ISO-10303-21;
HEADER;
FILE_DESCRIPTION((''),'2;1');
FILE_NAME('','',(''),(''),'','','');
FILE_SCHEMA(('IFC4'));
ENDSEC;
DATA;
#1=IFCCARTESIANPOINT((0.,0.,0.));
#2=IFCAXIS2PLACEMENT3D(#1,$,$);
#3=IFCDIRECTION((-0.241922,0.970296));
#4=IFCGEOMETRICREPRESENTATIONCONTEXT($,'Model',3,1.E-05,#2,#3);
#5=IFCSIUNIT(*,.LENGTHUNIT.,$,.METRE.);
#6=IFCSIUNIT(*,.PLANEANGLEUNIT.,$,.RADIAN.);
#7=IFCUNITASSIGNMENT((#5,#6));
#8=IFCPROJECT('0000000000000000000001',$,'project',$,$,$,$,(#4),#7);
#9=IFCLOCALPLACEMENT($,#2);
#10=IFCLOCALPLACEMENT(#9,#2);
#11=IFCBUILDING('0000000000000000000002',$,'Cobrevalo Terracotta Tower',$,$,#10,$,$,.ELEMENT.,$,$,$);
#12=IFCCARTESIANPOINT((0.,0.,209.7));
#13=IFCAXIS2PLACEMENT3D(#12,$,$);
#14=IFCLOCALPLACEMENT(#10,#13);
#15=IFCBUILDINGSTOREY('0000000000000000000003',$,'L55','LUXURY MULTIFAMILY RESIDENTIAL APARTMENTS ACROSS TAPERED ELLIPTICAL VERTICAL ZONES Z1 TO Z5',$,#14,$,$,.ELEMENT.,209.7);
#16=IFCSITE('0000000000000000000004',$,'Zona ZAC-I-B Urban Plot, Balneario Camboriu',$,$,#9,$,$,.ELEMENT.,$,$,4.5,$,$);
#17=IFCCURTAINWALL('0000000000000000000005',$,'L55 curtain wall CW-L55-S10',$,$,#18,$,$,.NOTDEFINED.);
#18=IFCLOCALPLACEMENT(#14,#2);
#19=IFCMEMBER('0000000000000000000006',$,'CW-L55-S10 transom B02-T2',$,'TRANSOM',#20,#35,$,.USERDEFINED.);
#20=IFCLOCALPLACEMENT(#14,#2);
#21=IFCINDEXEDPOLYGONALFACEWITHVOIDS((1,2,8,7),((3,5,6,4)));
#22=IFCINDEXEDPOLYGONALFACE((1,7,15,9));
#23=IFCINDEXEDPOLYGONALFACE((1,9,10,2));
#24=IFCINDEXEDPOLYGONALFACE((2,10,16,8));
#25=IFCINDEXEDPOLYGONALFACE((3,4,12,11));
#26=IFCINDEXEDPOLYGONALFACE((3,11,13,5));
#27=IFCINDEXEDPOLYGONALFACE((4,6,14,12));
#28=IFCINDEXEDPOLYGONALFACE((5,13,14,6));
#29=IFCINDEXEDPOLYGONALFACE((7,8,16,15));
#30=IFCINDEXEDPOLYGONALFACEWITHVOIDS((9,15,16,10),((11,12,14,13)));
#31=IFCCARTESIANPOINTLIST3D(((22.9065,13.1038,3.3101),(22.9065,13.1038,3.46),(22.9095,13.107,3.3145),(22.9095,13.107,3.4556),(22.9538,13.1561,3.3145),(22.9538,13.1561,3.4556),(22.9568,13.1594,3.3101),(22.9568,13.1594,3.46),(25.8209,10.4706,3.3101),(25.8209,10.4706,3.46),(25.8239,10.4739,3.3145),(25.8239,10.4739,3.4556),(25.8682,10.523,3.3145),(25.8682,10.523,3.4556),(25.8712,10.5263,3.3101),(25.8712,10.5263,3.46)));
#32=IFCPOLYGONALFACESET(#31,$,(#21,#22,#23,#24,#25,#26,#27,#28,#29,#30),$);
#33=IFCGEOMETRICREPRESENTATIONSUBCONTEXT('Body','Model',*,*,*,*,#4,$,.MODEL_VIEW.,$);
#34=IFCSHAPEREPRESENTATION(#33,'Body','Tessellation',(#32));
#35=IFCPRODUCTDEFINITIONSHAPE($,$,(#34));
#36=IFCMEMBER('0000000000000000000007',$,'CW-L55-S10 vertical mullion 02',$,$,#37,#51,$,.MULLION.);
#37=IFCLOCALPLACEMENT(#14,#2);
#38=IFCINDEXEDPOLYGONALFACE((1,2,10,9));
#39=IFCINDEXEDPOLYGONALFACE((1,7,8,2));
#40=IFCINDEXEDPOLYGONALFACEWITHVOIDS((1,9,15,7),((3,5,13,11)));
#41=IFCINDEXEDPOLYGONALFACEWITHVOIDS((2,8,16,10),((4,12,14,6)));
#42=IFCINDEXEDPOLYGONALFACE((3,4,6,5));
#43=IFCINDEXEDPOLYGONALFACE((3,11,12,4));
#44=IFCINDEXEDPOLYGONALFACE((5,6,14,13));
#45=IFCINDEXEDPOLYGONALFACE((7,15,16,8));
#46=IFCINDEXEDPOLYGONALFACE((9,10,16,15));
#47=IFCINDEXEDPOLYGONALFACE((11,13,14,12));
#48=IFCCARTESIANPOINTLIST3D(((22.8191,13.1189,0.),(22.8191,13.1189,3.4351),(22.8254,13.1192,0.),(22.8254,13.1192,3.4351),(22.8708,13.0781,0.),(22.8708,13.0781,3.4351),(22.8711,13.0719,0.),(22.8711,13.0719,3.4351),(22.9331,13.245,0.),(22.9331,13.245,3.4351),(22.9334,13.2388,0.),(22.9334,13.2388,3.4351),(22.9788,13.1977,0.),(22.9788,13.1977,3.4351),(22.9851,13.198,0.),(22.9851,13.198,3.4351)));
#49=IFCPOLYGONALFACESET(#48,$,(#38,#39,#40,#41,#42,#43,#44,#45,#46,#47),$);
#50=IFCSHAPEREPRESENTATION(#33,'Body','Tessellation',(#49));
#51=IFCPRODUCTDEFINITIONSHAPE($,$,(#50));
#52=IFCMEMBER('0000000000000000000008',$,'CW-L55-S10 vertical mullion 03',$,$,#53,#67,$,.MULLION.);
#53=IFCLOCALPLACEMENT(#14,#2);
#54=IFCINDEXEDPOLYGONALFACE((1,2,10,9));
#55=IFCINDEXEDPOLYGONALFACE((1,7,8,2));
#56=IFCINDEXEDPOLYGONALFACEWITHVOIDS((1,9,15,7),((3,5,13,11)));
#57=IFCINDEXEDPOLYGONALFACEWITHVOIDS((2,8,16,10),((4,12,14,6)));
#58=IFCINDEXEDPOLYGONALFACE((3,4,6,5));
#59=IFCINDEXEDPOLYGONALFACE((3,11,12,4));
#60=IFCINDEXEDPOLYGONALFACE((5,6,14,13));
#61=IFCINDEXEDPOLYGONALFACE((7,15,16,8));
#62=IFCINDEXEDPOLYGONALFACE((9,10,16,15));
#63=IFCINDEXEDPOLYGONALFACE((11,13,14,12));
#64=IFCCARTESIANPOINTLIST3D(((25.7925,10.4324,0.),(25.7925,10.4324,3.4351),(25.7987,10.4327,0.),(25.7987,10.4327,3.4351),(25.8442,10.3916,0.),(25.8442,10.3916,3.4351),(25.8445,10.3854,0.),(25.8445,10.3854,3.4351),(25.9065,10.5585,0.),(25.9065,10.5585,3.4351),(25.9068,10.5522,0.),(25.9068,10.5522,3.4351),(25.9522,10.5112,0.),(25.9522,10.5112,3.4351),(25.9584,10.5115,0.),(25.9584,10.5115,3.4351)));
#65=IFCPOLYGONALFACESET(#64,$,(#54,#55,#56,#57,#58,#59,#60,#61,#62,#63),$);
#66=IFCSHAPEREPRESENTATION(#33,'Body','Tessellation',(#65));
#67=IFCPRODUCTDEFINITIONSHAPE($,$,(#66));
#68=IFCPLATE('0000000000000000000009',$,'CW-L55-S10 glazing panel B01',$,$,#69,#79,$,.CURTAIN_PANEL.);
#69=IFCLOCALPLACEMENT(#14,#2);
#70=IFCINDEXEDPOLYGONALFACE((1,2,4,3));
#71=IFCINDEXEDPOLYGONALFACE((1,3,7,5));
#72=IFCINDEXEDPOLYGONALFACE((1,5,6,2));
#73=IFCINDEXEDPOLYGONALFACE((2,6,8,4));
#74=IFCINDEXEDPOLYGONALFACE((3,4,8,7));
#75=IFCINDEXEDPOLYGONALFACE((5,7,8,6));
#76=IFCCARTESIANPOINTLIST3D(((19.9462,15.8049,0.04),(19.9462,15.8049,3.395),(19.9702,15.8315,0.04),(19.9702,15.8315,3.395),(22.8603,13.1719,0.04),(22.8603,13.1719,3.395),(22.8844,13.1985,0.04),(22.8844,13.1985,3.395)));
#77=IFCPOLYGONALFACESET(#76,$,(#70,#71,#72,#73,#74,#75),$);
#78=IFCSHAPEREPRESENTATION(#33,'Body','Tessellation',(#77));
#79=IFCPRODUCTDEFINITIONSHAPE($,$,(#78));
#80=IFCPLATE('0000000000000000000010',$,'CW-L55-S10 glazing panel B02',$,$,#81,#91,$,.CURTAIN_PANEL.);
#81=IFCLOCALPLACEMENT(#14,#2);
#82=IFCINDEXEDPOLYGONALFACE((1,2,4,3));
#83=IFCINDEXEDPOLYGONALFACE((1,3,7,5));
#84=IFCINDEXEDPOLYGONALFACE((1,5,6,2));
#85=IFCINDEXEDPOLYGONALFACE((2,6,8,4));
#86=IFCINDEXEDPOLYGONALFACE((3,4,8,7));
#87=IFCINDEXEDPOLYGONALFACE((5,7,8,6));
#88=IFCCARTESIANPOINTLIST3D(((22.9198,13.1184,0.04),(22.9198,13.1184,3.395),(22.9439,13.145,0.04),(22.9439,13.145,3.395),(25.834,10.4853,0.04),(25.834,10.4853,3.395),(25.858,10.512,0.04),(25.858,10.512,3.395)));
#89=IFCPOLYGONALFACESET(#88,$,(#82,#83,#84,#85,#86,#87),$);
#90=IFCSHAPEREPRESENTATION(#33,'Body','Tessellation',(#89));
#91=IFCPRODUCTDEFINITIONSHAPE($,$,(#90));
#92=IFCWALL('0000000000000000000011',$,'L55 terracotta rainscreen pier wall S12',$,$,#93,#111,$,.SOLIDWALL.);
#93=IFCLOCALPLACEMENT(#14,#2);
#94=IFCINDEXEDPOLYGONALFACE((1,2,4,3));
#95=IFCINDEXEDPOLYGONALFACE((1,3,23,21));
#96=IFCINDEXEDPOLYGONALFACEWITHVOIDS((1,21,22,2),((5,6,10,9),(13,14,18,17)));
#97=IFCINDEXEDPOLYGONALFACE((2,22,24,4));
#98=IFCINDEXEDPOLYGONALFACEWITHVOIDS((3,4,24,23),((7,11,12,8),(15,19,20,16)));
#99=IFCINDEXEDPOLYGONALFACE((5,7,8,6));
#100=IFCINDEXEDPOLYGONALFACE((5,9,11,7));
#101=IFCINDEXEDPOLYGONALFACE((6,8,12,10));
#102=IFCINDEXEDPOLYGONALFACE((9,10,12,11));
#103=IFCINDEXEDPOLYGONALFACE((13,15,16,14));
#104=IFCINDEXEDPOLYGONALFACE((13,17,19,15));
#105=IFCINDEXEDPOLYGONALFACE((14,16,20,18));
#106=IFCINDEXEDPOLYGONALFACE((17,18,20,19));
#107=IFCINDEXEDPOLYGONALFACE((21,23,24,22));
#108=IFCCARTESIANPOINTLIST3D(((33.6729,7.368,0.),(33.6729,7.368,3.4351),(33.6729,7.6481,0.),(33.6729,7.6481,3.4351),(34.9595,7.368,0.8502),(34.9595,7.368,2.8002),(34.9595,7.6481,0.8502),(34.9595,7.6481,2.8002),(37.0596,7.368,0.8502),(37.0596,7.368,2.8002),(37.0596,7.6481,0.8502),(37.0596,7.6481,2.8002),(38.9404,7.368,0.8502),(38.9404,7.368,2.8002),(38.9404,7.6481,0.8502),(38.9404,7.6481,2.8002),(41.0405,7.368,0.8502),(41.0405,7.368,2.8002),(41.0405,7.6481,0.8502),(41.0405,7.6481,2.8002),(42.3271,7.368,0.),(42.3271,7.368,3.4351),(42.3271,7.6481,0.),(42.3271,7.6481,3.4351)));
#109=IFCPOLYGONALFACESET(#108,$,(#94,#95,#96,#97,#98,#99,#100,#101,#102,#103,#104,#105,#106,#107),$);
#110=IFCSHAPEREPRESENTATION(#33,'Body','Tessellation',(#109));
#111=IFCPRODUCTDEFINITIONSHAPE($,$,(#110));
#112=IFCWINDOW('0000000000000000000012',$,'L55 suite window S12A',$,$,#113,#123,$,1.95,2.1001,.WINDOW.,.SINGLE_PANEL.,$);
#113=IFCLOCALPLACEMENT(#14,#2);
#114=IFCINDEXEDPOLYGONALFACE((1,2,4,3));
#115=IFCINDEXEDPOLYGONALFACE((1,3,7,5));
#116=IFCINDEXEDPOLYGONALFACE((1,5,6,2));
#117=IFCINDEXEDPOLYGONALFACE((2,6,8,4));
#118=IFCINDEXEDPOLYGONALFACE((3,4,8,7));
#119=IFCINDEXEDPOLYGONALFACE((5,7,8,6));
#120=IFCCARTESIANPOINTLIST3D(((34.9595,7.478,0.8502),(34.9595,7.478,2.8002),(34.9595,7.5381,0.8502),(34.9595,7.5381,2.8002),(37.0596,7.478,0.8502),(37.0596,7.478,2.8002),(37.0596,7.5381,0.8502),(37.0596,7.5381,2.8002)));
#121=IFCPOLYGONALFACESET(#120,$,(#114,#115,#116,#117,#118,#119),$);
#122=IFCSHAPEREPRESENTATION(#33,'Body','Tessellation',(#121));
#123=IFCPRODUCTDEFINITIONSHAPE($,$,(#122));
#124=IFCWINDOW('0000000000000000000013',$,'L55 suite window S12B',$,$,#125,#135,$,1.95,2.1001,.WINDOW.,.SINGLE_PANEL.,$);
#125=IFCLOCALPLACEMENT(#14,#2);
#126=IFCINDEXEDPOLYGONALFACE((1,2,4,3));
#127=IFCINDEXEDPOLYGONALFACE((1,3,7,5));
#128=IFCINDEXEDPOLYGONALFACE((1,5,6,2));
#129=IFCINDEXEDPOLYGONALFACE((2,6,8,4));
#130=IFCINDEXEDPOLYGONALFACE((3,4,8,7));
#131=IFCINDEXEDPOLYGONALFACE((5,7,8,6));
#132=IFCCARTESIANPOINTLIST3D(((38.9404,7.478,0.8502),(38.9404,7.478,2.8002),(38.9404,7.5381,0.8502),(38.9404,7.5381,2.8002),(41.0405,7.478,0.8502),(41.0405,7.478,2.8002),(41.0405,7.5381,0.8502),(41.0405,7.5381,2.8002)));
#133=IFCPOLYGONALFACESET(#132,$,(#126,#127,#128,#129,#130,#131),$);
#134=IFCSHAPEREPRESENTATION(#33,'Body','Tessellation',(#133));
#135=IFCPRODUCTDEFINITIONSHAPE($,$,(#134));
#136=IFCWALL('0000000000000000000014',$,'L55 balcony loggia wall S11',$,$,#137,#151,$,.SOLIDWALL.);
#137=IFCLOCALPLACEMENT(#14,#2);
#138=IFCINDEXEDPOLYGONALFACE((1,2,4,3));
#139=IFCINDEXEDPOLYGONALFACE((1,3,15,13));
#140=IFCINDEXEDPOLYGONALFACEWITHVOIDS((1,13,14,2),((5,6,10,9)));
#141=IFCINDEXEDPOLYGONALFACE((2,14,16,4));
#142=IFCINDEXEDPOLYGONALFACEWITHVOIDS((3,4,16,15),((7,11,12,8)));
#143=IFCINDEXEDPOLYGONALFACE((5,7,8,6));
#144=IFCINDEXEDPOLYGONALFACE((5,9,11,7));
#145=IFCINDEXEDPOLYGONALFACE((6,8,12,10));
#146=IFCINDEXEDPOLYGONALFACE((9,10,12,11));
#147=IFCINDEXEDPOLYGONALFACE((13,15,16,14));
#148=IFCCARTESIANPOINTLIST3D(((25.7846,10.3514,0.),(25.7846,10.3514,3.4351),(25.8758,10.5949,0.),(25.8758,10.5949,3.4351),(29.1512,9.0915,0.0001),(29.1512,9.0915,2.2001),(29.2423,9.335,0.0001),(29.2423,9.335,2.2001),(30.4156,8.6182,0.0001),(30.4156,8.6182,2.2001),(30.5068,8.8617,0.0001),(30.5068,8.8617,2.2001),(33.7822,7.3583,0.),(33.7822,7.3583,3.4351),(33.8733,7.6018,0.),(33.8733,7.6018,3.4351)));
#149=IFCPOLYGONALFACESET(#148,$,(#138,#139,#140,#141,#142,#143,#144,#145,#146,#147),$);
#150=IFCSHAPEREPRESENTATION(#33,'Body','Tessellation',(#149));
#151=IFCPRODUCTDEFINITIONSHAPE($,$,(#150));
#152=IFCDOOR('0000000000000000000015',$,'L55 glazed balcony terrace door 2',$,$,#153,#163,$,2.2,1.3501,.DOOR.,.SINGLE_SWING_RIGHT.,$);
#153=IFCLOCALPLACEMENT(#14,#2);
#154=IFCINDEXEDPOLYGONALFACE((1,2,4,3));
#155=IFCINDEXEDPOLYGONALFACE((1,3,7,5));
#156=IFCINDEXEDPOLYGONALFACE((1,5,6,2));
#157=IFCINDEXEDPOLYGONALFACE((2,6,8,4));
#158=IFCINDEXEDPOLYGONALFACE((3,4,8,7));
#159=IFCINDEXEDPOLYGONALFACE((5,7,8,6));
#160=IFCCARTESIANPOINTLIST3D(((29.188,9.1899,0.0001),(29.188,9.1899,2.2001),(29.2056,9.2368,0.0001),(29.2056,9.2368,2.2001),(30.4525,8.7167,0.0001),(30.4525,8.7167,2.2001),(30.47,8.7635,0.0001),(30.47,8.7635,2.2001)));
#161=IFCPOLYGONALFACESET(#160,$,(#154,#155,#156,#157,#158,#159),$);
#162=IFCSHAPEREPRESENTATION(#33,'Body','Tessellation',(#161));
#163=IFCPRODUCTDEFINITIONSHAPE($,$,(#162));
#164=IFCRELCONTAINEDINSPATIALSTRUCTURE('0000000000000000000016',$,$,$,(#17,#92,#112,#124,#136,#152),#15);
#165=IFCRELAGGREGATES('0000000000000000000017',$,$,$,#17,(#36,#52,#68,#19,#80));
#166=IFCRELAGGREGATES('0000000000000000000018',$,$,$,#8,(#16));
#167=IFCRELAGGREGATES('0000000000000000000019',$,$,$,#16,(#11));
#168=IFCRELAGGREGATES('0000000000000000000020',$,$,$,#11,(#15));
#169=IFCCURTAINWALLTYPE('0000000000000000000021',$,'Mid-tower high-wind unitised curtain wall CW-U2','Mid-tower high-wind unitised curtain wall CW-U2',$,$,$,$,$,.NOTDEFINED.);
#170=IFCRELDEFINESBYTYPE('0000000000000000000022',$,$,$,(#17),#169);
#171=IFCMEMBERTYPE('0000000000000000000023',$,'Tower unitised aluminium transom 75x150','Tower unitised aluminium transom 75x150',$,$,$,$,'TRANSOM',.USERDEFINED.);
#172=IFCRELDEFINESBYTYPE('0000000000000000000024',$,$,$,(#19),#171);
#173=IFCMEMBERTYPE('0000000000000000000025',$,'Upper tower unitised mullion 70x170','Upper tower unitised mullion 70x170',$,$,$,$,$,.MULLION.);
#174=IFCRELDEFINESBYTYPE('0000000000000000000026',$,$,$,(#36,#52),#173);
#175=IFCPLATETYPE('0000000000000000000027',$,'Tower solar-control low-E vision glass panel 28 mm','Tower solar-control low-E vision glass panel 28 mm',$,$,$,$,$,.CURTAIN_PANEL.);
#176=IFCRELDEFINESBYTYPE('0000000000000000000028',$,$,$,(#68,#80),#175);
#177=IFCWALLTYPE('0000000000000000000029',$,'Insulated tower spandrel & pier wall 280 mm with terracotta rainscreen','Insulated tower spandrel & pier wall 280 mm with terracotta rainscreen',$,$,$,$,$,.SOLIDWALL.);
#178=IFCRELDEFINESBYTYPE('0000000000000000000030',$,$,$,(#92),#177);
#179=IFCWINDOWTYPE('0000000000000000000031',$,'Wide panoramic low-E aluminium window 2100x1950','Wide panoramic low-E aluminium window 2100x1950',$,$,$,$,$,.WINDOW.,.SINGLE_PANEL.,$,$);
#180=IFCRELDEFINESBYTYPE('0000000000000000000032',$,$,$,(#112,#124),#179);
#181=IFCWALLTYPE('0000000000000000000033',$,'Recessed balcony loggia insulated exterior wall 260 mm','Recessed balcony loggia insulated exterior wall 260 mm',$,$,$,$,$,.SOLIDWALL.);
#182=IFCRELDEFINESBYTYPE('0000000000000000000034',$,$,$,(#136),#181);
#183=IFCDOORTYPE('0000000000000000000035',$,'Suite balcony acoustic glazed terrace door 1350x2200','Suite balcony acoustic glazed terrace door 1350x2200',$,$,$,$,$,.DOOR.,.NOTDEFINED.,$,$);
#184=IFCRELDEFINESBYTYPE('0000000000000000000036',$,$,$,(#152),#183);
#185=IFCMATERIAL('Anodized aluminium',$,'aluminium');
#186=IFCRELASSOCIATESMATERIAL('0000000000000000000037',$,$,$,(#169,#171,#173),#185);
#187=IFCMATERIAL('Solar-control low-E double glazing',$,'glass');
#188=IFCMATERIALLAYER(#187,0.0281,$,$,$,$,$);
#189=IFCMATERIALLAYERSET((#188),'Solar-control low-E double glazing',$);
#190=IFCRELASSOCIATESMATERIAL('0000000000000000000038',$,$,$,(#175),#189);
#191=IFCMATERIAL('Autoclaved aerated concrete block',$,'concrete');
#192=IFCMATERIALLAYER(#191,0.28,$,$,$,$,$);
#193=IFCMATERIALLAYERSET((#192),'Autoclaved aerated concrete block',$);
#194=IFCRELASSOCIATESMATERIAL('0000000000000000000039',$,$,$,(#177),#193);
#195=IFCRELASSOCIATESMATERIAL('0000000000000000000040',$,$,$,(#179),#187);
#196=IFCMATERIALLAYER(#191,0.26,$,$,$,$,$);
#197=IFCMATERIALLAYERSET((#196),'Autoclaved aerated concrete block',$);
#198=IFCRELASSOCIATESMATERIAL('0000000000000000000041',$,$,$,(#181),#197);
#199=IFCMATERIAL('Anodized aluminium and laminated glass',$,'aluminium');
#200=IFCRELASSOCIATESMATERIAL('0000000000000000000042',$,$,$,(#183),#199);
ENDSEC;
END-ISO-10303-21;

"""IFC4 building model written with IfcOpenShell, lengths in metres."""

from ifc_helpers import new_model, si_unit, direction, frame, frame_2d, origin, origin_2d, place, context, subcontext, project, spatial, rectangle, hollow_rectangle, extrude, source, transform, mapped, material, layer, layer_set, material_profile, profile_set, type_object, element, fill, aggregate, save


model = new_model("IFC4")

# Units and contexts
model_context = context("Model", 3, precision=1e-05, world=origin(), true_north=direction((-0.241922, 0.970296)))
body_context = subcontext(model_context, "Body", "Model", "MODEL_VIEW")
ifc_project = project(units=[si_unit("LENGTHUNIT", "METRE"), si_unit("PLANEANGLEUNIT", "RADIAN")], contexts=[model_context])

# Site, building, storey
site_placement = place(None, origin())
site = spatial("IfcSite", under=ifc_project, at=site_placement, Name="Zona ZAC-I-B Urban Plot, Balneario Camboriu", CompositionType="ELEMENT", RefElevation=4.5)
building_placement = place(site_placement, origin())
building = spatial("IfcBuilding", under=site, at=building_placement, Name="Cobrevalo Terracotta Tower", CompositionType="ELEMENT")
storey_placement = place(building_placement, frame((0.0, 0.0, 209.7)))
storey = spatial("IfcBuildingStorey", under=building, at=storey_placement, Name="L55", Description="LUXURY MULTIFAMILY RESIDENTIAL APARTMENTS ACROSS TAPERED ELLIPTICAL VERTICAL ZONES Z1 TO Z5", CompositionType="ELEMENT", Elevation=209.7)

# Curtain wall, members, plates
ifc_material_1 = material(Name="Anodized aluminium", Category="aluminium")
curtain_wall_type = type_object("IfcCurtainWallType", Name="Mid-tower high-wind unitised curtain wall CW-U2", Description="Mid-tower high-wind unitised curtain wall CW-U2", PredefinedType="NOTDEFINED", material=ifc_material_1)
curtain_wall_placement = place(storey_placement, origin())
curtain_wall = element("IfcCurtainWall", 1, at=curtain_wall_placement, inside=storey, type_object=curtain_wall_type, Name="L55 curtain wall CW-L55-S10", PredefinedType="NOTDEFINED")
ifc_material_profile_1 = material_profile(ifc_material_1, hollow_rectangle(XDim=0.075, YDim=0.1499, WallThickness=0.0044, at=origin_2d()), Name="CWT 75x150")
ifc_profile_set_1 = profile_set([ifc_material_profile_1], Name="Anodized aluminium")
member_type_1 = type_object("IfcMemberType", Name="Tower unitised aluminium transom 75x150", Description="Tower unitised aluminium transom 75x150", ElementType="TRANSOM", PredefinedType="USERDEFINED", material=ifc_profile_set_1)
shared_shape_1 = source(origin(), body_context, "Body", "SweptSolid", [
    extrude(hollow_rectangle(XDim=0.075, YDim=0.1499, WallThickness=0.0044, at=origin_2d()), origin(), (0.0, 0.0, 1.0), 3.9277),
])
member_1_placement = place(storey_placement, frame((22.9316, 13.1316, 3.385), z_axis=(0.742004, -0.670396, 0.0), x_axis=(0.670396, 0.742004, 0.0)))
member_1 = element("IfcMember", 2, at=member_1_placement, type_object=member_type_1, Name="CW-L55-S10 transom B02-T2", ObjectType="TRANSOM", PredefinedType="USERDEFINED", context=body_context, shape_type="MappedRepresentation", body=[
    mapped(shared_shape_1, transform((0.0, 0.0, 0.0), scale=1.0)),
])
ifc_material_profile_2 = material_profile(ifc_material_1, hollow_rectangle(XDim=0.0701, YDim=0.1699, WallThickness=0.0044, at=origin_2d()), Name="CWM 70x170")
ifc_profile_set_2 = profile_set([ifc_material_profile_2], Name="Anodized aluminium")
member_type_2 = type_object("IfcMemberType", Name="Upper tower unitised mullion 70x170", Description="Upper tower unitised mullion 70x170", PredefinedType="MULLION", material=ifc_profile_set_2)
shared_shape_2 = source(origin(), body_context, "Body", "SweptSolid", [
    extrude(hollow_rectangle(XDim=0.0701, YDim=0.1699, WallThickness=0.0044, at=origin_2d()), origin(), (0.0, 0.0, 1.0), 3.4351),
])
member_2_placement = place(storey_placement, frame((22.9021, 13.1584, 0.0), z_axis=(0.0, 0.0, 1.0), x_axis=(0.741988, -0.670414, 0.0)))
member_2 = element("IfcMember", 3, at=member_2_placement, type_object=member_type_2, Name="CW-L55-S10 vertical mullion 02", PredefinedType="MULLION", context=body_context, shape_type="MappedRepresentation", body=[
    mapped(shared_shape_2, transform((0.0, 0.0, 0.0), scale=1.0)),
])
member_3_placement = place(storey_placement, frame((25.8755, 10.4719, 0.0), z_axis=(0.0, 0.0, 1.0), x_axis=(0.741988, -0.670414, 0.0)))
member_3 = element("IfcMember", 4, at=member_3_placement, type_object=member_type_2, Name="CW-L55-S10 vertical mullion 03", PredefinedType="MULLION", context=body_context, shape_type="MappedRepresentation", body=[
    mapped(shared_shape_2, transform((0.0, 0.0, 0.0), scale=1.0)),
])
ifc_material_2 = material(Name="Solar-control low-E double glazing", Category="glass")
ifc_layer_1 = layer(ifc_material_2, 0.0281)
ifc_layer_set_1 = layer_set([ifc_layer_1], Name="Solar-control low-E double glazing")
plate_type = type_object("IfcPlateType", Name="Tower solar-control low-E vision glass panel 28 mm", Description="Tower solar-control low-E vision glass panel 28 mm", PredefinedType="CURTAIN_PANEL", material=ifc_layer_set_1)
shared_shape_3 = source(origin(), body_context, "Body", "SweptSolid", [
    extrude(rectangle(XDim=3.9275, YDim=0.0359, at=origin_2d()), origin(), (0.0, 0.0, 1.0), 3.355),
])
plate_1_placement = place(storey_placement, frame((21.4153, 14.5017, 0.04), z_axis=(0.0, 0.0, 1.0), x_axis=(0.741988, -0.670414, 0.0)))
plate_1 = element("IfcPlate", 5, at=plate_1_placement, type_object=plate_type, Name="CW-L55-S10 glazing panel B01", PredefinedType="CURTAIN_PANEL", context=body_context, shape_type="MappedRepresentation", body=[
    mapped(shared_shape_3, transform((0.0, 0.0, 0.0), scale=1.0)),
])
plate_2_placement = place(storey_placement, frame((24.3889, 11.8152, 0.04), z_axis=(0.0, 0.0, 1.0), x_axis=(0.741988, -0.670414, 0.0)))
plate_2 = element("IfcPlate", 6, at=plate_2_placement, type_object=plate_type, Name="CW-L55-S10 glazing panel B02", PredefinedType="CURTAIN_PANEL", context=body_context, shape_type="MappedRepresentation", body=[
    mapped(shared_shape_3, transform((0.0, 0.0, 0.0), scale=1.0)),
])
aggregate(curtain_wall, [member_2, member_3, plate_1, member_1, plate_2])

# Wall, openings, windows
ifc_material_3 = material(Name="Autoclaved aerated concrete block", Category="concrete")
ifc_layer_2 = layer(ifc_material_3, 0.28)
ifc_layer_set_2 = layer_set([ifc_layer_2], Name="Autoclaved aerated concrete block")
wall_type_1 = type_object("IfcWallType", Name="Insulated tower spandrel & pier wall 280 mm with terracotta rainscreen", Description="Insulated tower spandrel & pier wall 280 mm with terracotta rainscreen", PredefinedType="SOLIDWALL", material=ifc_layer_set_2)
wall_1_placement = place(storey_placement, frame((33.6729, 7.5081, 0.0), z_axis=(0.0, 0.0, 1.0), x_axis=(1.0, 0.0, 0.0)))
wall_1 = element("IfcWall", 7, at=wall_1_placement, inside=storey, type_object=wall_type_1, Name="L55 terracotta rainscreen pier wall S12", PredefinedType="SOLIDWALL", context=body_context, shape_type="SweptSolid", body=[
    extrude(rectangle(XDim=8.6543, YDim=0.28, at=frame_2d((4.3271, 0.0))), origin(), (0.0, 0.0, 1.0), 3.4351),
])
opening_1_placement = place(wall_1_placement, frame((1.2866, 0.0, 0.8501)))
opening_1 = element("IfcOpeningElement", 8, at=opening_1_placement, cuts=wall_1, PredefinedType="OPENING", context=body_context, shape_type="SweptSolid", body=[
    extrude(rectangle(XDim=2.1001, YDim=1.95, at=frame_2d((1.05, 0.9751))), frame((0.0, 0.1499, 0.0), z_axis=(0.0, -1.0, 0.0), x_axis=(1.0, 0.0, 0.0)), (0.0, 0.0, 1.0), 0.3),
])
opening_2_placement = place(wall_1_placement, frame((5.2676, 0.0, 0.8501)))
opening_2 = element("IfcOpeningElement", 9, at=opening_2_placement, cuts=wall_1, PredefinedType="OPENING", context=body_context, shape_type="SweptSolid", body=[
    extrude(rectangle(XDim=2.1001, YDim=1.95, at=frame_2d((1.05, 0.9751))), frame((0.0, 0.1499, 0.0), z_axis=(0.0, -1.0, 0.0), x_axis=(1.0, 0.0, 0.0)), (0.0, 0.0, 1.0), 0.3),
])
window_type = type_object("IfcWindowType", Name="Wide panoramic low-E aluminium window 2100x1950", Description="Wide panoramic low-E aluminium window 2100x1950", PartitioningType="SINGLE_PANEL", PredefinedType="WINDOW", material=ifc_material_2)
shared_shape_4 = source(origin(), body_context, "Body", "SweptSolid", [
    extrude(rectangle(XDim=2.1001, YDim=1.95, at=frame_2d((1.05, 0.9751))), frame((0.0, 0.03, 0.0), z_axis=(0.0, -1.0, 0.0), x_axis=(1.0, 0.0, 0.0)), (0.0, 0.0, 1.0), 0.0601),
])
window_1_placement = place(opening_1_placement, origin())
window_1 = element("IfcWindow", 10, at=window_1_placement, inside=storey, type_object=window_type, Name="L55 suite window S12A", OverallHeight=1.95, OverallWidth=2.1001, PartitioningType="SINGLE_PANEL", PredefinedType="WINDOW", context=body_context, shape_type="MappedRepresentation", body=[
    mapped(shared_shape_4, transform((0.0, 0.0, 0.0), scale=1.0)),
])
fill(opening_1, window_1)
window_2_placement = place(opening_2_placement, origin())
window_2 = element("IfcWindow", 11, at=window_2_placement, inside=storey, type_object=window_type, Name="L55 suite window S12B", OverallHeight=1.95, OverallWidth=2.1001, PartitioningType="SINGLE_PANEL", PredefinedType="WINDOW", context=body_context, shape_type="MappedRepresentation", body=[
    mapped(shared_shape_4, transform((0.0, 0.0, 0.0), scale=1.0)),
])
fill(opening_2, window_2)

# Wall, opening, door
ifc_layer_3 = layer(ifc_material_3, 0.26)
ifc_layer_set_3 = layer_set([ifc_layer_3], Name="Autoclaved aerated concrete block")
wall_type_2 = type_object("IfcWallType", Name="Recessed balcony loggia insulated exterior wall 260 mm", Description="Recessed balcony loggia insulated exterior wall 260 mm", PredefinedType="SOLIDWALL", material=ifc_layer_set_3)
wall_2_placement = place(storey_placement, frame((25.8303, 10.4731, 0.0), z_axis=(0.0, 0.0, 1.0), x_axis=(0.936557, -0.350516, 0.0)))
wall_2 = element("IfcWall", 12, at=wall_2_placement, inside=storey, type_object=wall_type_2, Name="L55 balcony loggia wall S11", PredefinedType="SOLIDWALL", context=body_context, shape_type="SweptSolid", body=[
    extrude(rectangle(XDim=8.5393, YDim=0.26, at=frame_2d((4.2695, 0.0))), origin(), (0.0, 0.0, 1.0), 3.4351),
])
opening_3_placement = place(wall_2_placement, frame((3.5945, 0.0, 0.0)))
opening_3 = element("IfcOpeningElement", 13, at=opening_3_placement, cuts=wall_2, PredefinedType="OPENING", context=body_context, shape_type="SweptSolid", body=[
    extrude(rectangle(XDim=1.3501, YDim=2.2, at=frame_2d((0.675, 1.1001))), frame((0.0, 0.1401, 0.0), z_axis=(0.0, -1.0, 0.0), x_axis=(1.0, 0.0, 0.0)), (0.0, 0.0, 1.0), 0.28),
])
ifc_material_4 = material(Name="Anodized aluminium and laminated glass", Category="aluminium")
door_type_1 = type_object("IfcDoorType", Name="Suite balcony acoustic glazed terrace door 1350x2200", Description="Suite balcony acoustic glazed terrace door 1350x2200", OperationType="NOTDEFINED", PredefinedType="DOOR", material=ifc_material_4)
shared_shape_5 = source(origin(), body_context, "Body", "SweptSolid", [
    extrude(rectangle(XDim=1.3501, YDim=2.2, at=frame_2d((0.675, 1.1001))), frame((0.0, 0.0249, 0.0), z_axis=(0.0, -1.0, 0.0), x_axis=(1.0, 0.0, 0.0)), (0.0, 0.0, 1.0), 0.05),
])
door_1_placement = place(opening_3_placement, frame((1.3501, 0.0, 0.0), z_axis=(0.0, 0.0, 1.0), x_axis=(-1.0, 0.0, 0.0)))
door_1 = element("IfcDoor", 14, at=door_1_placement, inside=storey, type_object=door_type_1, Name="L55 glazed balcony terrace door 2", OperationType="SINGLE_SWING_RIGHT", OverallHeight=2.2, OverallWidth=1.3501, PredefinedType="DOOR", context=body_context, shape_type="MappedRepresentation", body=[
    mapped(shared_shape_5, transform((0.0, 0.0, 0.0), scale=1.0)),
])
fill(opening_3, door_1)

save(model, "model.ifc")
